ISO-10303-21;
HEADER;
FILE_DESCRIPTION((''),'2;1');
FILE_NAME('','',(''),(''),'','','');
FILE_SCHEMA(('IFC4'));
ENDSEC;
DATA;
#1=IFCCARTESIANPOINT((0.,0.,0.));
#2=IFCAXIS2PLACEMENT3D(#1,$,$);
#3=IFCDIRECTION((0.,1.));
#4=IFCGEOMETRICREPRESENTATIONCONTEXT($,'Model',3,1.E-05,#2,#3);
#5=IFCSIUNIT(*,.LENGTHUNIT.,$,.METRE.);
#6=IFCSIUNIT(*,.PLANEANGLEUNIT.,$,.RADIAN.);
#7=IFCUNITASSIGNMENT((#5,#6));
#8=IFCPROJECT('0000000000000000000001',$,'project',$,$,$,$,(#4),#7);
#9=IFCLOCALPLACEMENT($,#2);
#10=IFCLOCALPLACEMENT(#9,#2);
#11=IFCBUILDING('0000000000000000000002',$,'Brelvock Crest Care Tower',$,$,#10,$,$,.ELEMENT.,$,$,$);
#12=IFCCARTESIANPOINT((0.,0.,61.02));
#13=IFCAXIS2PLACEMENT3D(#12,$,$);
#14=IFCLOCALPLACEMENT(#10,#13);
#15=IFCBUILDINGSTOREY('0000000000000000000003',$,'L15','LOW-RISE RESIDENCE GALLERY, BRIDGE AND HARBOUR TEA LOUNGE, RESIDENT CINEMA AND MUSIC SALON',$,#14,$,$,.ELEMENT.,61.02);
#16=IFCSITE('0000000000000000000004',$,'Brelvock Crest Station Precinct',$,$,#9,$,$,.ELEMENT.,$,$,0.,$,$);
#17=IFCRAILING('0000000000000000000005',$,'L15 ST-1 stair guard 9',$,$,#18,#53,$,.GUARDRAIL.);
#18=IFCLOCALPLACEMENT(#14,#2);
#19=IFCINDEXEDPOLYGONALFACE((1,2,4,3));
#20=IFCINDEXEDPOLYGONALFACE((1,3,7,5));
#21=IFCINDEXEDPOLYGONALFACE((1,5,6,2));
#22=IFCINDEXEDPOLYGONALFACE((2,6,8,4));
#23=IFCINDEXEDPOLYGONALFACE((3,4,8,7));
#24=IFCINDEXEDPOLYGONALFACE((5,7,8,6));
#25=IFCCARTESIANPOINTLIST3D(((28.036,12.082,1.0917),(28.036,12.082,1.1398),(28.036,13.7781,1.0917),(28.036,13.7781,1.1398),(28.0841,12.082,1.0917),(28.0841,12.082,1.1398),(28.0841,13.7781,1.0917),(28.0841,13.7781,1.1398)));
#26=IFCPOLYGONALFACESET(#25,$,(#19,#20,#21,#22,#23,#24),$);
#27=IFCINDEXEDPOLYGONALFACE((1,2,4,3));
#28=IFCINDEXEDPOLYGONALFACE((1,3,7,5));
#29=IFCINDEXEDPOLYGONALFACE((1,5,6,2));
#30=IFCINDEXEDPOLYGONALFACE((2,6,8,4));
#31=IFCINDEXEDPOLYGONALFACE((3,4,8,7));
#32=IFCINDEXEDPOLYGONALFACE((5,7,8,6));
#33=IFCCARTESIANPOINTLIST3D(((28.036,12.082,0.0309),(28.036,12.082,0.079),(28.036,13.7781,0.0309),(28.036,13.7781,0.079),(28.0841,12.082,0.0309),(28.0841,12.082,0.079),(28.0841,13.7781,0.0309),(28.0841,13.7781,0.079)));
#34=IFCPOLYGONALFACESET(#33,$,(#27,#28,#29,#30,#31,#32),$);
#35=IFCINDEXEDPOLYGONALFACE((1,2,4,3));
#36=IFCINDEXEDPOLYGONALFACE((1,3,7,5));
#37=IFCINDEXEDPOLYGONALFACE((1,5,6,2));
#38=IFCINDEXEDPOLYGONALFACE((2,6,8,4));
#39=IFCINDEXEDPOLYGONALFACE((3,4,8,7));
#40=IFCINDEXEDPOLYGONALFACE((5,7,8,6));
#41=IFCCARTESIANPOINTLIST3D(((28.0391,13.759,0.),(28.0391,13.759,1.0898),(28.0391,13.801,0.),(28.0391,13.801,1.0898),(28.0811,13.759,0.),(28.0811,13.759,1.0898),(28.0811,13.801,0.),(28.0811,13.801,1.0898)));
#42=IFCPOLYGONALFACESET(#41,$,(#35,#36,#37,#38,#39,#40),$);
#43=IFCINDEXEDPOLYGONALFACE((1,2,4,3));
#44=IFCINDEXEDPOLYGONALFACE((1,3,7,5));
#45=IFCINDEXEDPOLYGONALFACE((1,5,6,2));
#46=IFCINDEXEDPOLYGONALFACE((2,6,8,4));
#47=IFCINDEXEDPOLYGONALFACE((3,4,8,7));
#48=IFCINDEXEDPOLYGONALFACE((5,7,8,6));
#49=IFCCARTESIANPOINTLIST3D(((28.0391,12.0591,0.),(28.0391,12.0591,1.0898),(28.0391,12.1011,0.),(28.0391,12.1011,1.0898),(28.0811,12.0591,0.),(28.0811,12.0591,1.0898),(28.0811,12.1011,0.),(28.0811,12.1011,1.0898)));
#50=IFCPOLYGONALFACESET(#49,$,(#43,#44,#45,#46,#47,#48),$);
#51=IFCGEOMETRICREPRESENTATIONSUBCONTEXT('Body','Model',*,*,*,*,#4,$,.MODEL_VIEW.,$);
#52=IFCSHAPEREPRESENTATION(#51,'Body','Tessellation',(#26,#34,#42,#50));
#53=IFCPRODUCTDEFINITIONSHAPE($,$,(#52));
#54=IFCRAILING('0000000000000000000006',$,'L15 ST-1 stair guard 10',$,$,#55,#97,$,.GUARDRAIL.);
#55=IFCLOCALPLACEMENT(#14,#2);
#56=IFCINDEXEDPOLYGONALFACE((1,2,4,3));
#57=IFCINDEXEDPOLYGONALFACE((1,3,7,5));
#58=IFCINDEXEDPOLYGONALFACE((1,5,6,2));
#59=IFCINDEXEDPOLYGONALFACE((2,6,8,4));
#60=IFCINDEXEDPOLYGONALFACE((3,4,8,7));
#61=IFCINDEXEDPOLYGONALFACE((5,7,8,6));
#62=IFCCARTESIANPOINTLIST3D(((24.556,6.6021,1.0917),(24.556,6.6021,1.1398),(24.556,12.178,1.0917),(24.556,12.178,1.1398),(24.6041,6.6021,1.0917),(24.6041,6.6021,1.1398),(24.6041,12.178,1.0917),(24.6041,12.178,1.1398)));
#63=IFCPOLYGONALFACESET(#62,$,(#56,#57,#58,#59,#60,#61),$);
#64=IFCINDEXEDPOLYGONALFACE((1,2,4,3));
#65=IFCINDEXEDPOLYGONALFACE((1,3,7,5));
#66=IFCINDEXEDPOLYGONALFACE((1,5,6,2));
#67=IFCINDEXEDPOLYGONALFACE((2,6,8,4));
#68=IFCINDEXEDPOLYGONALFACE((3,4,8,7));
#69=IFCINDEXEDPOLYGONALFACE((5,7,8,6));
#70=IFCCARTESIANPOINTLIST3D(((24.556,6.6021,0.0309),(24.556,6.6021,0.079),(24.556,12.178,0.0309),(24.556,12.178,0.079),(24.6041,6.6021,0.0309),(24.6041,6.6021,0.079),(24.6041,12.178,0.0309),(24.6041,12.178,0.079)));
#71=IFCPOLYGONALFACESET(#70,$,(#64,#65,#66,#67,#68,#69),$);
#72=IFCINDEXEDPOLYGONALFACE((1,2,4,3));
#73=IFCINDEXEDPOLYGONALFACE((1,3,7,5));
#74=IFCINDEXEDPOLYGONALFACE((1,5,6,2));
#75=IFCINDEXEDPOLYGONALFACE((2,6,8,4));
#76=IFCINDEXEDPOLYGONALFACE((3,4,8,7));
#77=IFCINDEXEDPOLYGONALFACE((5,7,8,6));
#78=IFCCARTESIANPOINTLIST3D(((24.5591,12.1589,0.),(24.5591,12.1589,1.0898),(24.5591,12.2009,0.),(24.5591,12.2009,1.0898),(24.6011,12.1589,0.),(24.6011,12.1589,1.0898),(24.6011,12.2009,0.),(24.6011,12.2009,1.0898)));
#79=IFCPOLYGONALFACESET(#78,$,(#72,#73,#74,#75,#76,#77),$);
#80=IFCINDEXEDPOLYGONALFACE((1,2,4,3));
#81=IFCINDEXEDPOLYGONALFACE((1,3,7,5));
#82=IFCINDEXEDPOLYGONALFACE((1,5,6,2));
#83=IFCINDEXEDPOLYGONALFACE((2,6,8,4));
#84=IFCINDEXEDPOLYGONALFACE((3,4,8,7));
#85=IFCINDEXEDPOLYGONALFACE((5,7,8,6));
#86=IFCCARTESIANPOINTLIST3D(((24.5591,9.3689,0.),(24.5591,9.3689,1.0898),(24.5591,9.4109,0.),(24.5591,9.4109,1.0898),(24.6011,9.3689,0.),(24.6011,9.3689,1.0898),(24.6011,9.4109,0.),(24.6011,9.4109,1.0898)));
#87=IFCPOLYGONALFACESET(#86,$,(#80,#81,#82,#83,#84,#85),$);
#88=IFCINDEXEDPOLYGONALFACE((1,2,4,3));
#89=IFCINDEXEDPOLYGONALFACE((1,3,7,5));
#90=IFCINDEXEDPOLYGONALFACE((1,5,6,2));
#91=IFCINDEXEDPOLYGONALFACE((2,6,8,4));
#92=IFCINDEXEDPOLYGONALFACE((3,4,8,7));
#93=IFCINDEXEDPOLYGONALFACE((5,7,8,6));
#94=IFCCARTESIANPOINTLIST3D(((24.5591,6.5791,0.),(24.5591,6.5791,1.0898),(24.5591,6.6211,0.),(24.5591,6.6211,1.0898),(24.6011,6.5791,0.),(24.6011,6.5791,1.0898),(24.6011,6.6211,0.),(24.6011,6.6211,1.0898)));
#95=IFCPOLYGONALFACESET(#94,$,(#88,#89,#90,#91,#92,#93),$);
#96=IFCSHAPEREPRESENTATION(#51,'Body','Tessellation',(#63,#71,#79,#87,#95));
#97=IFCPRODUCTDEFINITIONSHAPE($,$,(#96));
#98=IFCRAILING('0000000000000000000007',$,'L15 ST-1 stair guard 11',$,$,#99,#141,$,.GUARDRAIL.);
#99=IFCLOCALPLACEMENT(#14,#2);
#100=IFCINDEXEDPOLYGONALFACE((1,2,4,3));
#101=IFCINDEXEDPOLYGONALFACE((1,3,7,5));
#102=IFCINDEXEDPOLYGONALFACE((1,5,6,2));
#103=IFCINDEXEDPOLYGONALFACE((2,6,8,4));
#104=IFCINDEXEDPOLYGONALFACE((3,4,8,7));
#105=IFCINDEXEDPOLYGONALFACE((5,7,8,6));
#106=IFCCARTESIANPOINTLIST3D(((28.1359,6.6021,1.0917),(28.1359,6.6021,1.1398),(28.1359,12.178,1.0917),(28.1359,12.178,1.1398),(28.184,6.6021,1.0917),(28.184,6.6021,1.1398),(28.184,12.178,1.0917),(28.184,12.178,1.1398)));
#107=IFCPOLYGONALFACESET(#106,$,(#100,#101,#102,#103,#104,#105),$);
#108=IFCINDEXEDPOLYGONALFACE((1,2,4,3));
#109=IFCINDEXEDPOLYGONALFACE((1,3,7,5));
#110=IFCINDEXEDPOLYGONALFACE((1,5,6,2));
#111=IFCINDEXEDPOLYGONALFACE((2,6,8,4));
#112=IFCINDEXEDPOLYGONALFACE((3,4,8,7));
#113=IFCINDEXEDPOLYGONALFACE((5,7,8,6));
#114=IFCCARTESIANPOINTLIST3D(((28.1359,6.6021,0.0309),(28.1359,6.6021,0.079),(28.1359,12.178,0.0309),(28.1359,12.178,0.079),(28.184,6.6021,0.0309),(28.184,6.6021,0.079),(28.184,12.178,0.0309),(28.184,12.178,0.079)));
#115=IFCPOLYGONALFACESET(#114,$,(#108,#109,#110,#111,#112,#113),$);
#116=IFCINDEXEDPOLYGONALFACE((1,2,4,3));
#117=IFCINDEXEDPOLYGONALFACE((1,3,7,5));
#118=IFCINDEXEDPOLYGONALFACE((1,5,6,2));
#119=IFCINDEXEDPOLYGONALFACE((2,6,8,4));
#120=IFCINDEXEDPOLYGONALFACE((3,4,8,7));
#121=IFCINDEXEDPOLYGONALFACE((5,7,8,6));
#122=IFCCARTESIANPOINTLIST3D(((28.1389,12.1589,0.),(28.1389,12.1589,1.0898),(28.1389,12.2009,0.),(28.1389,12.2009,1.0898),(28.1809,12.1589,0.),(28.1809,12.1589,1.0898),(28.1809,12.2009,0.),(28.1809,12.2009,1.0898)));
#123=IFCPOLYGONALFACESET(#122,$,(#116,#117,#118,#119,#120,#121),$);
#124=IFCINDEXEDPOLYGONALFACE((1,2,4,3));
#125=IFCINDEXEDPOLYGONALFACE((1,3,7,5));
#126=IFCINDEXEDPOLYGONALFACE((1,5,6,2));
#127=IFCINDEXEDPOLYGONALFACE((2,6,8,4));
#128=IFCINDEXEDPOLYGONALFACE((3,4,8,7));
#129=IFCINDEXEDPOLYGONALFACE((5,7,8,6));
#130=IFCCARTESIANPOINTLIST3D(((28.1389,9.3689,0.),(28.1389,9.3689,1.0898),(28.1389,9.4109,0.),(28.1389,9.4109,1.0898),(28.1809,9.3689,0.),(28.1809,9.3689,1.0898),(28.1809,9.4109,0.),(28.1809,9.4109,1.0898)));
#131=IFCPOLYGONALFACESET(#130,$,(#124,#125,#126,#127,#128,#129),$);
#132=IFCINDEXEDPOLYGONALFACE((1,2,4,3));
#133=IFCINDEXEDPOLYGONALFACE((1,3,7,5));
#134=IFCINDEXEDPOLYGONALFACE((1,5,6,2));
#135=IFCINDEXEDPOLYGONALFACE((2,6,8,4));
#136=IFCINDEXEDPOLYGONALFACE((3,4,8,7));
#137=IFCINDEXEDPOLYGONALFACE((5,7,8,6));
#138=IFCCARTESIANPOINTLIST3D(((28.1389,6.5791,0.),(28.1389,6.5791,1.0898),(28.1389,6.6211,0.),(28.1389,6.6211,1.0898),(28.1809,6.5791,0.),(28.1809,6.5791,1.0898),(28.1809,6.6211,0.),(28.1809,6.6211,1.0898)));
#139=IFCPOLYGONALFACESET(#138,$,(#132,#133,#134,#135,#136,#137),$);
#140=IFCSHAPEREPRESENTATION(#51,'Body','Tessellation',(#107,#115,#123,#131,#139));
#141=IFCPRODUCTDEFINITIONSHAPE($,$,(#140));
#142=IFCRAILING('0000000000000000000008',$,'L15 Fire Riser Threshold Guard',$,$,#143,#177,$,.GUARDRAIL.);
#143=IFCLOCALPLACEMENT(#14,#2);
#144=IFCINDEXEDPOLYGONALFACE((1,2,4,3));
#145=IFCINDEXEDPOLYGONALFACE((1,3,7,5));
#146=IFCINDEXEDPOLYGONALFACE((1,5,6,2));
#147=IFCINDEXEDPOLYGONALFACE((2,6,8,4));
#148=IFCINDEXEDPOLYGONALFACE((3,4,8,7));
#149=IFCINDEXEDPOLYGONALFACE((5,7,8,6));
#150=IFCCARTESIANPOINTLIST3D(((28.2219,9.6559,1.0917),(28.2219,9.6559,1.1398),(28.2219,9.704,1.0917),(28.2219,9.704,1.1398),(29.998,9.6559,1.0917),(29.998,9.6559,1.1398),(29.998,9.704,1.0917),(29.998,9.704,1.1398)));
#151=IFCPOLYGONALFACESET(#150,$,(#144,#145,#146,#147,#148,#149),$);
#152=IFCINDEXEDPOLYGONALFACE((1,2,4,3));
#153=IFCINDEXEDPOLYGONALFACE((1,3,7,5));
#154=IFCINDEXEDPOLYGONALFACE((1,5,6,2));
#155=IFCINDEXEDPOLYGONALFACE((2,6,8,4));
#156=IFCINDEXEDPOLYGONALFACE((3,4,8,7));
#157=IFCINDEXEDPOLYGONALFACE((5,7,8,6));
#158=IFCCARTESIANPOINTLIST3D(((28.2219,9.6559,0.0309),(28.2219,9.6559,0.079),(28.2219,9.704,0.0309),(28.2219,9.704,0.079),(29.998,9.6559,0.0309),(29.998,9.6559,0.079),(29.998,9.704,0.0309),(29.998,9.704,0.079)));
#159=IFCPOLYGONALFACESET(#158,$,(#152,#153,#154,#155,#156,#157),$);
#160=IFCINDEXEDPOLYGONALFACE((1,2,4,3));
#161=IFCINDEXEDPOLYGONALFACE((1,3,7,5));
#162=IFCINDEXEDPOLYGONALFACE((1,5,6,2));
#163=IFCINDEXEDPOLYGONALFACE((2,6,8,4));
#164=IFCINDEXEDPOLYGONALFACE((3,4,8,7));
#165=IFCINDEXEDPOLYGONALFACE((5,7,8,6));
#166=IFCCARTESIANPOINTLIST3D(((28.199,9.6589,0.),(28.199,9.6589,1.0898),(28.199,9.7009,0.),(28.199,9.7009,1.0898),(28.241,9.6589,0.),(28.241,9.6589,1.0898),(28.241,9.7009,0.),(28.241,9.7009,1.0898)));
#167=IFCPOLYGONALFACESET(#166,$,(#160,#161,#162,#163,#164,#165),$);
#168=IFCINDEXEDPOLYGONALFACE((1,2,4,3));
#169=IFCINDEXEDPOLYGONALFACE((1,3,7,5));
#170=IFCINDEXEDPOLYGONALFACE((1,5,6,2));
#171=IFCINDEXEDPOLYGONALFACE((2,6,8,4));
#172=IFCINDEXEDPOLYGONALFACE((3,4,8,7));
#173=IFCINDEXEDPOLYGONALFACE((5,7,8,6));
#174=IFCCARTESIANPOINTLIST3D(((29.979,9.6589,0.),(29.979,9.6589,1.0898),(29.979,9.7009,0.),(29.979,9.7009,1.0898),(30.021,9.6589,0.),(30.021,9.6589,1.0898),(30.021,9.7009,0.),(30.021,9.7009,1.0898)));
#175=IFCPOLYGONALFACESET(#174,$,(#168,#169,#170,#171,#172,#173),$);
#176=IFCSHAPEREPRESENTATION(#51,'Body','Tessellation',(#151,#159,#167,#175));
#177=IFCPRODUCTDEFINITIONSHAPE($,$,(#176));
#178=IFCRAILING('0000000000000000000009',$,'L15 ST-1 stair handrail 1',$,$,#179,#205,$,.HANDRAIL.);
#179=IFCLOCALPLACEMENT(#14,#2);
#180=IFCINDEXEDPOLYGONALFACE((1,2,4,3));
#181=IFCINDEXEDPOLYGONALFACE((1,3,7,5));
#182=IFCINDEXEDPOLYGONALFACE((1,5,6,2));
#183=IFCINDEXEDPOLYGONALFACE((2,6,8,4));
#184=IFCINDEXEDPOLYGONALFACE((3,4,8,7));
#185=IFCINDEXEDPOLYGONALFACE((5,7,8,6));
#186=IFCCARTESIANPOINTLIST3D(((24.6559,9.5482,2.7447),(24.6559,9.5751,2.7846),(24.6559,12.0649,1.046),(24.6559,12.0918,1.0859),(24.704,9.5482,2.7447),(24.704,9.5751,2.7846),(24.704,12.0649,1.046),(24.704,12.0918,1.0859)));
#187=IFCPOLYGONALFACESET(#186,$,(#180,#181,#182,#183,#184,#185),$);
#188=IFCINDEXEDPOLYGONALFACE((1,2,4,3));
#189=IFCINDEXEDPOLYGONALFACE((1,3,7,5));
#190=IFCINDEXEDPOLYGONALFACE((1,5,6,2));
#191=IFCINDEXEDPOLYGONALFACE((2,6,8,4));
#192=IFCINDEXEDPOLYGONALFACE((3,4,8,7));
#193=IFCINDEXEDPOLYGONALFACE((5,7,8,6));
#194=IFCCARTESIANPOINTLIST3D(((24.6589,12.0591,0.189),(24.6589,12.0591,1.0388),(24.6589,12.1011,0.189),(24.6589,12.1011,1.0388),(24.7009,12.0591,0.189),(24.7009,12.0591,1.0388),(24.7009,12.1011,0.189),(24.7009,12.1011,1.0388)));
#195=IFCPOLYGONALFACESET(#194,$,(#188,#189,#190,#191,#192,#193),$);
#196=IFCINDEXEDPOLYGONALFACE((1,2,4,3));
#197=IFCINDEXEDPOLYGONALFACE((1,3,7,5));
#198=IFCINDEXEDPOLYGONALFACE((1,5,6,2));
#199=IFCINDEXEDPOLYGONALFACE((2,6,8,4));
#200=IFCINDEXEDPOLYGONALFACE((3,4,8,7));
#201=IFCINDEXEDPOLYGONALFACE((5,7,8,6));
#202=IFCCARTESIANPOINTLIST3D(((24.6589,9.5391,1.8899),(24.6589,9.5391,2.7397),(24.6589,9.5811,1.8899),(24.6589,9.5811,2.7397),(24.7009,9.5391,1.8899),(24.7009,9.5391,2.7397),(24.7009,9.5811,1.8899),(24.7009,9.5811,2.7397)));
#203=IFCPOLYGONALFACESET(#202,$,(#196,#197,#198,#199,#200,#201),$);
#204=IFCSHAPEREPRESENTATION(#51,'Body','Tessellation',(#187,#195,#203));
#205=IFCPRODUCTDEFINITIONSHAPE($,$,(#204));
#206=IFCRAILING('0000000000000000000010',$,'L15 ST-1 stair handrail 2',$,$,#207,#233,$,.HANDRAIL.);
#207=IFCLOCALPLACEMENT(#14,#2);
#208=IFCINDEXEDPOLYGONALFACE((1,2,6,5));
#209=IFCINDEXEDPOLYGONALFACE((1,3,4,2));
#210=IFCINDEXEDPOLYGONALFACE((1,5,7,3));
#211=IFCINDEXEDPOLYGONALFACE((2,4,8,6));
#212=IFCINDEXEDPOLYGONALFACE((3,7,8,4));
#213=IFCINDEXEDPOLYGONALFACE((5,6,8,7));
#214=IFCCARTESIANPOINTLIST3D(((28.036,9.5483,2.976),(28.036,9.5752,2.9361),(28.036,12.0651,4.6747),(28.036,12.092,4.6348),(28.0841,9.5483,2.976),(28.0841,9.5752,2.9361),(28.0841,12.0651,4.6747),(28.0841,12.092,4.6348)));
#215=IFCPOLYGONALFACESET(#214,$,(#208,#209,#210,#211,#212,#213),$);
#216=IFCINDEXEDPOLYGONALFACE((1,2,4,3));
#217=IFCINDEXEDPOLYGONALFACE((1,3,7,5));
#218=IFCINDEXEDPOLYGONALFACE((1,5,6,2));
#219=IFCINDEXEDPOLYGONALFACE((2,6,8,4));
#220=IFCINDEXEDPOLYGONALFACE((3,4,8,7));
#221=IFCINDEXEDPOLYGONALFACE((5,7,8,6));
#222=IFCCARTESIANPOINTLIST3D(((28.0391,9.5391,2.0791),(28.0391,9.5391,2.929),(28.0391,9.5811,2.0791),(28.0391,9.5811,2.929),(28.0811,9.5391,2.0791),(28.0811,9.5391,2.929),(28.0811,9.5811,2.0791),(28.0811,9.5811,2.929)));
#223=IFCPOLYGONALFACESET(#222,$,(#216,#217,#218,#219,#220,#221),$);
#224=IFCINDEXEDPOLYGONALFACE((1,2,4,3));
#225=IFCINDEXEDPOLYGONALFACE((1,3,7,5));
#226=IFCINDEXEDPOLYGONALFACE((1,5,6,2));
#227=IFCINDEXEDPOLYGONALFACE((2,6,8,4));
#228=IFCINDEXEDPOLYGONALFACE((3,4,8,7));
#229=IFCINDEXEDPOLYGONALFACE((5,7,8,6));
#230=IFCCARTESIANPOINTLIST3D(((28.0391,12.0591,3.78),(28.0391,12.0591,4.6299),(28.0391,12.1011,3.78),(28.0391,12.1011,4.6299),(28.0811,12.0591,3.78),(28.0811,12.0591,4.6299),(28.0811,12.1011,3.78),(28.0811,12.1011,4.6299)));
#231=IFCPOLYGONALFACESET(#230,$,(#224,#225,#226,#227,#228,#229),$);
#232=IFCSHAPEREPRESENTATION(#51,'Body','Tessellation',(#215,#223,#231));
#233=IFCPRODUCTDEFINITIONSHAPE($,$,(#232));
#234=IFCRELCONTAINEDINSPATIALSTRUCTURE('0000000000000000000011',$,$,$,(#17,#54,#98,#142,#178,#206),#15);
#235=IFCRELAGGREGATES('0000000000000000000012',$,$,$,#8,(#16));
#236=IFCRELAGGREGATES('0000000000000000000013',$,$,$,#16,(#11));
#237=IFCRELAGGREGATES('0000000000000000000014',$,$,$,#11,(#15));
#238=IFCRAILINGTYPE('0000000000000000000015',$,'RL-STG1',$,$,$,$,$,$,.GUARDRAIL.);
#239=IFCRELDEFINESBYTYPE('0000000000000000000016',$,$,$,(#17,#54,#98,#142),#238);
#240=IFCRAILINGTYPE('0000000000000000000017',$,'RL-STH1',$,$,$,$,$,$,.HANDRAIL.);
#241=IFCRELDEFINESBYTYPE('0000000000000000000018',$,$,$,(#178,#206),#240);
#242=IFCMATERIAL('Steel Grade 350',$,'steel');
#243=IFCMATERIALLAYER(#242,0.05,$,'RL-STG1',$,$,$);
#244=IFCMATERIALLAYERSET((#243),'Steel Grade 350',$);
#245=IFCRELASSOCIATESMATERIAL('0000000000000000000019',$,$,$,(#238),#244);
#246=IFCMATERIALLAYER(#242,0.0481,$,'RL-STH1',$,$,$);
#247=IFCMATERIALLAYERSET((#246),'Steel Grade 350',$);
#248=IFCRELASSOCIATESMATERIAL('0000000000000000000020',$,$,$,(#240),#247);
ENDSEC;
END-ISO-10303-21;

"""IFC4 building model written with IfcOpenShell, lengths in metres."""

from ifc_helpers import new_model, si_unit, direction, frame, origin, origin_2d, place, context, subcontext, project, spatial, rectangle, extrude, material, layer, layer_set, type_object, element, save


model = new_model("IFC4")

# Units and contexts
model_context = context("Model", 3, precision=1e-05, world=origin(), true_north=direction((0.0, 1.0)))
body_context = subcontext(model_context, "Body", "Model", "MODEL_VIEW")
ifc_project = project(units=[si_unit("LENGTHUNIT", "METRE"), si_unit("PLANEANGLEUNIT", "RADIAN")], contexts=[model_context])

# Site, building, storey
site_placement = place(None, origin())
site = spatial("IfcSite", under=ifc_project, at=site_placement, Name="Brelvock Crest Station Precinct", CompositionType="ELEMENT", RefElevation=0.0)
building_placement = place(site_placement, origin())
building = spatial("IfcBuilding", under=site, at=building_placement, Name="Brelvock Crest Care Tower", CompositionType="ELEMENT")
storey_placement = place(building_placement, frame((0.0, 0.0, 61.02)))
storey = spatial("IfcBuildingStorey", under=building, at=storey_placement, Name="L15", Description="LOW-RISE RESIDENCE GALLERY, BRIDGE AND HARBOUR TEA LOUNGE, RESIDENT CINEMA AND MUSIC SALON", CompositionType="ELEMENT", Elevation=61.02)

# Shared definitions
ifc_material_1 = material(Name="Steel Grade 350", Category="steel")

# Railings
ifc_layer_1 = layer(ifc_material_1, 0.05, Name="RL-STG1")
ifc_layer_set_1 = layer_set([ifc_layer_1], Name="Steel Grade 350")
railing_type_1 = type_object("IfcRailingType", Name="RL-STG1", PredefinedType="GUARDRAIL", material=ifc_layer_set_1)
for number, where, name in (
    (1, (28.0601, 13.78, 0.0), "L15 ST-1 stair guard 9"),
):
    element("IfcRailing", number, at=place(storey_placement, frame(where)), inside=storey, type_object=railing_type_1, Name=name, PredefinedType="GUARDRAIL", context=body_context, shape_type="SweptSolid", body=[
        extrude(rectangle(XDim=0.0481, YDim=0.0481, at=origin_2d()), frame((0.0, -0.002, 1.1157), z_axis=(0.0, -1.0, 0.0), x_axis=(1.0, 0.0, 0.0)), (0.0, 0.0, 1.0), 1.696),
        extrude(rectangle(XDim=0.0481, YDim=0.0481, at=origin_2d()), frame((0.0, -0.002, 0.0549), z_axis=(0.0, -1.0, 0.0), x_axis=(1.0, 0.0, 0.0)), (0.0, 0.0, 1.0), 1.696),
        extrude(rectangle(XDim=0.042, YDim=0.042, at=origin_2d()), origin(), (0.0, 0.0, 1.0), 1.0898),
        extrude(rectangle(XDim=0.042, YDim=0.042, at=origin_2d()), frame((0.0, -1.7, 0.0)), (0.0, 0.0, 1.0), 1.0898),
    ])
for number, where, name in (
    (2, (24.5801, 12.1799, 0.0), "L15 ST-1 stair guard 10"),
    (3, (28.1599, 12.1799, 0.0), "L15 ST-1 stair guard 11"),
):
    element("IfcRailing", number, at=place(storey_placement, frame(where)), inside=storey, type_object=railing_type_1, Name=name, PredefinedType="GUARDRAIL", context=body_context, shape_type="SweptSolid", body=[
        extrude(rectangle(XDim=0.0481, YDim=0.0481, at=origin_2d()), frame((0.0, -0.002, 1.1157), z_axis=(0.0, -1.0, 0.0), x_axis=(1.0, 0.0, 0.0)), (0.0, 0.0, 1.0), 5.5759),
        extrude(rectangle(XDim=0.0481, YDim=0.0481, at=origin_2d()), frame((0.0, -0.002, 0.0549), z_axis=(0.0, -1.0, 0.0), x_axis=(1.0, 0.0, 0.0)), (0.0, 0.0, 1.0), 5.5759),
        extrude(rectangle(XDim=0.042, YDim=0.042, at=origin_2d()), origin(), (0.0, 0.0, 1.0), 1.0898),
        extrude(rectangle(XDim=0.042, YDim=0.042, at=origin_2d()), frame((0.0, -2.79, 0.0)), (0.0, 0.0, 1.0), 1.0898),
        extrude(rectangle(XDim=0.042, YDim=0.042, at=origin_2d()), frame((0.0, -5.5798, 0.0)), (0.0, 0.0, 1.0), 1.0898),
    ])
railing_1_placement = place(storey_placement, frame((28.22, 9.6799, 0.0)))
element("IfcRailing", 4, at=railing_1_placement, inside=storey, type_object=railing_type_1, Name="L15 Fire Riser Threshold Guard", PredefinedType="GUARDRAIL", context=body_context, shape_type="SweptSolid", body=[
    extrude(rectangle(XDim=0.0481, YDim=0.0481, at=origin_2d()), frame((0.002, 0.0, 1.1157), z_axis=(1.0, 0.0, 0.0), x_axis=(0.0, 1.0, 0.0)), (0.0, 0.0, 1.0), 1.7761),
    extrude(rectangle(XDim=0.0481, YDim=0.0481, at=origin_2d()), frame((0.002, 0.0, 0.0549), z_axis=(1.0, 0.0, 0.0), x_axis=(0.0, 1.0, 0.0)), (0.0, 0.0, 1.0), 1.7761),
    extrude(rectangle(XDim=0.042, YDim=0.042, at=origin_2d()), origin(), (0.0, 0.0, 1.0), 1.0898),
    extrude(rectangle(XDim=0.042, YDim=0.042, at=origin_2d()), frame((1.78, 0.0, 0.0)), (0.0, 0.0, 1.0), 1.0898),
])
ifc_layer_2 = layer(ifc_material_1, 0.0481, Name="RL-STH1")
ifc_layer_set_2 = layer_set([ifc_layer_2], Name="Steel Grade 350")
railing_type_2 = type_object("IfcRailingType", Name="RL-STH1", PredefinedType="HANDRAIL", material=ifc_layer_set_2)
railing_2_placement = place(storey_placement, frame((24.6799, 12.0801, 0.189)))
element("IfcRailing", 5, at=railing_2_placement, inside=storey, type_object=railing_type_2, Name="L15 ST-1 stair handrail 1", PredefinedType="HANDRAIL", context=body_context, shape_type="SweptSolid", body=[
    extrude(rectangle(XDim=0.0481, YDim=0.0481, at=origin_2d()), frame((0.0, -0.0017, 0.877), z_axis=(0.0, -0.828862, 0.559454), x_axis=(1.0, 0.0, 0.0)), (0.0, 0.0, 1.0), 3.0364),
    extrude(rectangle(XDim=0.042, YDim=0.042, at=origin_2d()), origin(), (0.0, 0.0, 1.0), 0.8499),
    extrude(rectangle(XDim=0.042, YDim=0.042, at=origin_2d()), frame((0.0, -2.52, 1.7009)), (0.0, 0.0, 1.0), 0.8499),
])
railing_3_placement = place(storey_placement, frame((28.0601, 9.5601, 2.0791)))
element("IfcRailing", 6, at=railing_3_placement, inside=storey, type_object=railing_type_2, Name="L15 ST-1 stair handrail 2", PredefinedType="HANDRAIL", context=body_context, shape_type="SweptSolid", body=[
    extrude(rectangle(XDim=0.0481, YDim=0.0481, at=origin_2d()), frame((0.0, 0.0017, 0.877), z_axis=(0.0, 0.828862, 0.559454), x_axis=(-1.0, 0.0, 0.0)), (0.0, 0.0, 1.0), 3.0364),
    extrude(rectangle(XDim=0.042, YDim=0.042, at=origin_2d()), origin(), (0.0, 0.0, 1.0), 0.8499),
    extrude(rectangle(XDim=0.042, YDim=0.042, at=origin_2d()), frame((0.0, 2.52, 1.7009)), (0.0, 0.0, 1.0), 0.8499),
])

save(model, "model.ifc")
